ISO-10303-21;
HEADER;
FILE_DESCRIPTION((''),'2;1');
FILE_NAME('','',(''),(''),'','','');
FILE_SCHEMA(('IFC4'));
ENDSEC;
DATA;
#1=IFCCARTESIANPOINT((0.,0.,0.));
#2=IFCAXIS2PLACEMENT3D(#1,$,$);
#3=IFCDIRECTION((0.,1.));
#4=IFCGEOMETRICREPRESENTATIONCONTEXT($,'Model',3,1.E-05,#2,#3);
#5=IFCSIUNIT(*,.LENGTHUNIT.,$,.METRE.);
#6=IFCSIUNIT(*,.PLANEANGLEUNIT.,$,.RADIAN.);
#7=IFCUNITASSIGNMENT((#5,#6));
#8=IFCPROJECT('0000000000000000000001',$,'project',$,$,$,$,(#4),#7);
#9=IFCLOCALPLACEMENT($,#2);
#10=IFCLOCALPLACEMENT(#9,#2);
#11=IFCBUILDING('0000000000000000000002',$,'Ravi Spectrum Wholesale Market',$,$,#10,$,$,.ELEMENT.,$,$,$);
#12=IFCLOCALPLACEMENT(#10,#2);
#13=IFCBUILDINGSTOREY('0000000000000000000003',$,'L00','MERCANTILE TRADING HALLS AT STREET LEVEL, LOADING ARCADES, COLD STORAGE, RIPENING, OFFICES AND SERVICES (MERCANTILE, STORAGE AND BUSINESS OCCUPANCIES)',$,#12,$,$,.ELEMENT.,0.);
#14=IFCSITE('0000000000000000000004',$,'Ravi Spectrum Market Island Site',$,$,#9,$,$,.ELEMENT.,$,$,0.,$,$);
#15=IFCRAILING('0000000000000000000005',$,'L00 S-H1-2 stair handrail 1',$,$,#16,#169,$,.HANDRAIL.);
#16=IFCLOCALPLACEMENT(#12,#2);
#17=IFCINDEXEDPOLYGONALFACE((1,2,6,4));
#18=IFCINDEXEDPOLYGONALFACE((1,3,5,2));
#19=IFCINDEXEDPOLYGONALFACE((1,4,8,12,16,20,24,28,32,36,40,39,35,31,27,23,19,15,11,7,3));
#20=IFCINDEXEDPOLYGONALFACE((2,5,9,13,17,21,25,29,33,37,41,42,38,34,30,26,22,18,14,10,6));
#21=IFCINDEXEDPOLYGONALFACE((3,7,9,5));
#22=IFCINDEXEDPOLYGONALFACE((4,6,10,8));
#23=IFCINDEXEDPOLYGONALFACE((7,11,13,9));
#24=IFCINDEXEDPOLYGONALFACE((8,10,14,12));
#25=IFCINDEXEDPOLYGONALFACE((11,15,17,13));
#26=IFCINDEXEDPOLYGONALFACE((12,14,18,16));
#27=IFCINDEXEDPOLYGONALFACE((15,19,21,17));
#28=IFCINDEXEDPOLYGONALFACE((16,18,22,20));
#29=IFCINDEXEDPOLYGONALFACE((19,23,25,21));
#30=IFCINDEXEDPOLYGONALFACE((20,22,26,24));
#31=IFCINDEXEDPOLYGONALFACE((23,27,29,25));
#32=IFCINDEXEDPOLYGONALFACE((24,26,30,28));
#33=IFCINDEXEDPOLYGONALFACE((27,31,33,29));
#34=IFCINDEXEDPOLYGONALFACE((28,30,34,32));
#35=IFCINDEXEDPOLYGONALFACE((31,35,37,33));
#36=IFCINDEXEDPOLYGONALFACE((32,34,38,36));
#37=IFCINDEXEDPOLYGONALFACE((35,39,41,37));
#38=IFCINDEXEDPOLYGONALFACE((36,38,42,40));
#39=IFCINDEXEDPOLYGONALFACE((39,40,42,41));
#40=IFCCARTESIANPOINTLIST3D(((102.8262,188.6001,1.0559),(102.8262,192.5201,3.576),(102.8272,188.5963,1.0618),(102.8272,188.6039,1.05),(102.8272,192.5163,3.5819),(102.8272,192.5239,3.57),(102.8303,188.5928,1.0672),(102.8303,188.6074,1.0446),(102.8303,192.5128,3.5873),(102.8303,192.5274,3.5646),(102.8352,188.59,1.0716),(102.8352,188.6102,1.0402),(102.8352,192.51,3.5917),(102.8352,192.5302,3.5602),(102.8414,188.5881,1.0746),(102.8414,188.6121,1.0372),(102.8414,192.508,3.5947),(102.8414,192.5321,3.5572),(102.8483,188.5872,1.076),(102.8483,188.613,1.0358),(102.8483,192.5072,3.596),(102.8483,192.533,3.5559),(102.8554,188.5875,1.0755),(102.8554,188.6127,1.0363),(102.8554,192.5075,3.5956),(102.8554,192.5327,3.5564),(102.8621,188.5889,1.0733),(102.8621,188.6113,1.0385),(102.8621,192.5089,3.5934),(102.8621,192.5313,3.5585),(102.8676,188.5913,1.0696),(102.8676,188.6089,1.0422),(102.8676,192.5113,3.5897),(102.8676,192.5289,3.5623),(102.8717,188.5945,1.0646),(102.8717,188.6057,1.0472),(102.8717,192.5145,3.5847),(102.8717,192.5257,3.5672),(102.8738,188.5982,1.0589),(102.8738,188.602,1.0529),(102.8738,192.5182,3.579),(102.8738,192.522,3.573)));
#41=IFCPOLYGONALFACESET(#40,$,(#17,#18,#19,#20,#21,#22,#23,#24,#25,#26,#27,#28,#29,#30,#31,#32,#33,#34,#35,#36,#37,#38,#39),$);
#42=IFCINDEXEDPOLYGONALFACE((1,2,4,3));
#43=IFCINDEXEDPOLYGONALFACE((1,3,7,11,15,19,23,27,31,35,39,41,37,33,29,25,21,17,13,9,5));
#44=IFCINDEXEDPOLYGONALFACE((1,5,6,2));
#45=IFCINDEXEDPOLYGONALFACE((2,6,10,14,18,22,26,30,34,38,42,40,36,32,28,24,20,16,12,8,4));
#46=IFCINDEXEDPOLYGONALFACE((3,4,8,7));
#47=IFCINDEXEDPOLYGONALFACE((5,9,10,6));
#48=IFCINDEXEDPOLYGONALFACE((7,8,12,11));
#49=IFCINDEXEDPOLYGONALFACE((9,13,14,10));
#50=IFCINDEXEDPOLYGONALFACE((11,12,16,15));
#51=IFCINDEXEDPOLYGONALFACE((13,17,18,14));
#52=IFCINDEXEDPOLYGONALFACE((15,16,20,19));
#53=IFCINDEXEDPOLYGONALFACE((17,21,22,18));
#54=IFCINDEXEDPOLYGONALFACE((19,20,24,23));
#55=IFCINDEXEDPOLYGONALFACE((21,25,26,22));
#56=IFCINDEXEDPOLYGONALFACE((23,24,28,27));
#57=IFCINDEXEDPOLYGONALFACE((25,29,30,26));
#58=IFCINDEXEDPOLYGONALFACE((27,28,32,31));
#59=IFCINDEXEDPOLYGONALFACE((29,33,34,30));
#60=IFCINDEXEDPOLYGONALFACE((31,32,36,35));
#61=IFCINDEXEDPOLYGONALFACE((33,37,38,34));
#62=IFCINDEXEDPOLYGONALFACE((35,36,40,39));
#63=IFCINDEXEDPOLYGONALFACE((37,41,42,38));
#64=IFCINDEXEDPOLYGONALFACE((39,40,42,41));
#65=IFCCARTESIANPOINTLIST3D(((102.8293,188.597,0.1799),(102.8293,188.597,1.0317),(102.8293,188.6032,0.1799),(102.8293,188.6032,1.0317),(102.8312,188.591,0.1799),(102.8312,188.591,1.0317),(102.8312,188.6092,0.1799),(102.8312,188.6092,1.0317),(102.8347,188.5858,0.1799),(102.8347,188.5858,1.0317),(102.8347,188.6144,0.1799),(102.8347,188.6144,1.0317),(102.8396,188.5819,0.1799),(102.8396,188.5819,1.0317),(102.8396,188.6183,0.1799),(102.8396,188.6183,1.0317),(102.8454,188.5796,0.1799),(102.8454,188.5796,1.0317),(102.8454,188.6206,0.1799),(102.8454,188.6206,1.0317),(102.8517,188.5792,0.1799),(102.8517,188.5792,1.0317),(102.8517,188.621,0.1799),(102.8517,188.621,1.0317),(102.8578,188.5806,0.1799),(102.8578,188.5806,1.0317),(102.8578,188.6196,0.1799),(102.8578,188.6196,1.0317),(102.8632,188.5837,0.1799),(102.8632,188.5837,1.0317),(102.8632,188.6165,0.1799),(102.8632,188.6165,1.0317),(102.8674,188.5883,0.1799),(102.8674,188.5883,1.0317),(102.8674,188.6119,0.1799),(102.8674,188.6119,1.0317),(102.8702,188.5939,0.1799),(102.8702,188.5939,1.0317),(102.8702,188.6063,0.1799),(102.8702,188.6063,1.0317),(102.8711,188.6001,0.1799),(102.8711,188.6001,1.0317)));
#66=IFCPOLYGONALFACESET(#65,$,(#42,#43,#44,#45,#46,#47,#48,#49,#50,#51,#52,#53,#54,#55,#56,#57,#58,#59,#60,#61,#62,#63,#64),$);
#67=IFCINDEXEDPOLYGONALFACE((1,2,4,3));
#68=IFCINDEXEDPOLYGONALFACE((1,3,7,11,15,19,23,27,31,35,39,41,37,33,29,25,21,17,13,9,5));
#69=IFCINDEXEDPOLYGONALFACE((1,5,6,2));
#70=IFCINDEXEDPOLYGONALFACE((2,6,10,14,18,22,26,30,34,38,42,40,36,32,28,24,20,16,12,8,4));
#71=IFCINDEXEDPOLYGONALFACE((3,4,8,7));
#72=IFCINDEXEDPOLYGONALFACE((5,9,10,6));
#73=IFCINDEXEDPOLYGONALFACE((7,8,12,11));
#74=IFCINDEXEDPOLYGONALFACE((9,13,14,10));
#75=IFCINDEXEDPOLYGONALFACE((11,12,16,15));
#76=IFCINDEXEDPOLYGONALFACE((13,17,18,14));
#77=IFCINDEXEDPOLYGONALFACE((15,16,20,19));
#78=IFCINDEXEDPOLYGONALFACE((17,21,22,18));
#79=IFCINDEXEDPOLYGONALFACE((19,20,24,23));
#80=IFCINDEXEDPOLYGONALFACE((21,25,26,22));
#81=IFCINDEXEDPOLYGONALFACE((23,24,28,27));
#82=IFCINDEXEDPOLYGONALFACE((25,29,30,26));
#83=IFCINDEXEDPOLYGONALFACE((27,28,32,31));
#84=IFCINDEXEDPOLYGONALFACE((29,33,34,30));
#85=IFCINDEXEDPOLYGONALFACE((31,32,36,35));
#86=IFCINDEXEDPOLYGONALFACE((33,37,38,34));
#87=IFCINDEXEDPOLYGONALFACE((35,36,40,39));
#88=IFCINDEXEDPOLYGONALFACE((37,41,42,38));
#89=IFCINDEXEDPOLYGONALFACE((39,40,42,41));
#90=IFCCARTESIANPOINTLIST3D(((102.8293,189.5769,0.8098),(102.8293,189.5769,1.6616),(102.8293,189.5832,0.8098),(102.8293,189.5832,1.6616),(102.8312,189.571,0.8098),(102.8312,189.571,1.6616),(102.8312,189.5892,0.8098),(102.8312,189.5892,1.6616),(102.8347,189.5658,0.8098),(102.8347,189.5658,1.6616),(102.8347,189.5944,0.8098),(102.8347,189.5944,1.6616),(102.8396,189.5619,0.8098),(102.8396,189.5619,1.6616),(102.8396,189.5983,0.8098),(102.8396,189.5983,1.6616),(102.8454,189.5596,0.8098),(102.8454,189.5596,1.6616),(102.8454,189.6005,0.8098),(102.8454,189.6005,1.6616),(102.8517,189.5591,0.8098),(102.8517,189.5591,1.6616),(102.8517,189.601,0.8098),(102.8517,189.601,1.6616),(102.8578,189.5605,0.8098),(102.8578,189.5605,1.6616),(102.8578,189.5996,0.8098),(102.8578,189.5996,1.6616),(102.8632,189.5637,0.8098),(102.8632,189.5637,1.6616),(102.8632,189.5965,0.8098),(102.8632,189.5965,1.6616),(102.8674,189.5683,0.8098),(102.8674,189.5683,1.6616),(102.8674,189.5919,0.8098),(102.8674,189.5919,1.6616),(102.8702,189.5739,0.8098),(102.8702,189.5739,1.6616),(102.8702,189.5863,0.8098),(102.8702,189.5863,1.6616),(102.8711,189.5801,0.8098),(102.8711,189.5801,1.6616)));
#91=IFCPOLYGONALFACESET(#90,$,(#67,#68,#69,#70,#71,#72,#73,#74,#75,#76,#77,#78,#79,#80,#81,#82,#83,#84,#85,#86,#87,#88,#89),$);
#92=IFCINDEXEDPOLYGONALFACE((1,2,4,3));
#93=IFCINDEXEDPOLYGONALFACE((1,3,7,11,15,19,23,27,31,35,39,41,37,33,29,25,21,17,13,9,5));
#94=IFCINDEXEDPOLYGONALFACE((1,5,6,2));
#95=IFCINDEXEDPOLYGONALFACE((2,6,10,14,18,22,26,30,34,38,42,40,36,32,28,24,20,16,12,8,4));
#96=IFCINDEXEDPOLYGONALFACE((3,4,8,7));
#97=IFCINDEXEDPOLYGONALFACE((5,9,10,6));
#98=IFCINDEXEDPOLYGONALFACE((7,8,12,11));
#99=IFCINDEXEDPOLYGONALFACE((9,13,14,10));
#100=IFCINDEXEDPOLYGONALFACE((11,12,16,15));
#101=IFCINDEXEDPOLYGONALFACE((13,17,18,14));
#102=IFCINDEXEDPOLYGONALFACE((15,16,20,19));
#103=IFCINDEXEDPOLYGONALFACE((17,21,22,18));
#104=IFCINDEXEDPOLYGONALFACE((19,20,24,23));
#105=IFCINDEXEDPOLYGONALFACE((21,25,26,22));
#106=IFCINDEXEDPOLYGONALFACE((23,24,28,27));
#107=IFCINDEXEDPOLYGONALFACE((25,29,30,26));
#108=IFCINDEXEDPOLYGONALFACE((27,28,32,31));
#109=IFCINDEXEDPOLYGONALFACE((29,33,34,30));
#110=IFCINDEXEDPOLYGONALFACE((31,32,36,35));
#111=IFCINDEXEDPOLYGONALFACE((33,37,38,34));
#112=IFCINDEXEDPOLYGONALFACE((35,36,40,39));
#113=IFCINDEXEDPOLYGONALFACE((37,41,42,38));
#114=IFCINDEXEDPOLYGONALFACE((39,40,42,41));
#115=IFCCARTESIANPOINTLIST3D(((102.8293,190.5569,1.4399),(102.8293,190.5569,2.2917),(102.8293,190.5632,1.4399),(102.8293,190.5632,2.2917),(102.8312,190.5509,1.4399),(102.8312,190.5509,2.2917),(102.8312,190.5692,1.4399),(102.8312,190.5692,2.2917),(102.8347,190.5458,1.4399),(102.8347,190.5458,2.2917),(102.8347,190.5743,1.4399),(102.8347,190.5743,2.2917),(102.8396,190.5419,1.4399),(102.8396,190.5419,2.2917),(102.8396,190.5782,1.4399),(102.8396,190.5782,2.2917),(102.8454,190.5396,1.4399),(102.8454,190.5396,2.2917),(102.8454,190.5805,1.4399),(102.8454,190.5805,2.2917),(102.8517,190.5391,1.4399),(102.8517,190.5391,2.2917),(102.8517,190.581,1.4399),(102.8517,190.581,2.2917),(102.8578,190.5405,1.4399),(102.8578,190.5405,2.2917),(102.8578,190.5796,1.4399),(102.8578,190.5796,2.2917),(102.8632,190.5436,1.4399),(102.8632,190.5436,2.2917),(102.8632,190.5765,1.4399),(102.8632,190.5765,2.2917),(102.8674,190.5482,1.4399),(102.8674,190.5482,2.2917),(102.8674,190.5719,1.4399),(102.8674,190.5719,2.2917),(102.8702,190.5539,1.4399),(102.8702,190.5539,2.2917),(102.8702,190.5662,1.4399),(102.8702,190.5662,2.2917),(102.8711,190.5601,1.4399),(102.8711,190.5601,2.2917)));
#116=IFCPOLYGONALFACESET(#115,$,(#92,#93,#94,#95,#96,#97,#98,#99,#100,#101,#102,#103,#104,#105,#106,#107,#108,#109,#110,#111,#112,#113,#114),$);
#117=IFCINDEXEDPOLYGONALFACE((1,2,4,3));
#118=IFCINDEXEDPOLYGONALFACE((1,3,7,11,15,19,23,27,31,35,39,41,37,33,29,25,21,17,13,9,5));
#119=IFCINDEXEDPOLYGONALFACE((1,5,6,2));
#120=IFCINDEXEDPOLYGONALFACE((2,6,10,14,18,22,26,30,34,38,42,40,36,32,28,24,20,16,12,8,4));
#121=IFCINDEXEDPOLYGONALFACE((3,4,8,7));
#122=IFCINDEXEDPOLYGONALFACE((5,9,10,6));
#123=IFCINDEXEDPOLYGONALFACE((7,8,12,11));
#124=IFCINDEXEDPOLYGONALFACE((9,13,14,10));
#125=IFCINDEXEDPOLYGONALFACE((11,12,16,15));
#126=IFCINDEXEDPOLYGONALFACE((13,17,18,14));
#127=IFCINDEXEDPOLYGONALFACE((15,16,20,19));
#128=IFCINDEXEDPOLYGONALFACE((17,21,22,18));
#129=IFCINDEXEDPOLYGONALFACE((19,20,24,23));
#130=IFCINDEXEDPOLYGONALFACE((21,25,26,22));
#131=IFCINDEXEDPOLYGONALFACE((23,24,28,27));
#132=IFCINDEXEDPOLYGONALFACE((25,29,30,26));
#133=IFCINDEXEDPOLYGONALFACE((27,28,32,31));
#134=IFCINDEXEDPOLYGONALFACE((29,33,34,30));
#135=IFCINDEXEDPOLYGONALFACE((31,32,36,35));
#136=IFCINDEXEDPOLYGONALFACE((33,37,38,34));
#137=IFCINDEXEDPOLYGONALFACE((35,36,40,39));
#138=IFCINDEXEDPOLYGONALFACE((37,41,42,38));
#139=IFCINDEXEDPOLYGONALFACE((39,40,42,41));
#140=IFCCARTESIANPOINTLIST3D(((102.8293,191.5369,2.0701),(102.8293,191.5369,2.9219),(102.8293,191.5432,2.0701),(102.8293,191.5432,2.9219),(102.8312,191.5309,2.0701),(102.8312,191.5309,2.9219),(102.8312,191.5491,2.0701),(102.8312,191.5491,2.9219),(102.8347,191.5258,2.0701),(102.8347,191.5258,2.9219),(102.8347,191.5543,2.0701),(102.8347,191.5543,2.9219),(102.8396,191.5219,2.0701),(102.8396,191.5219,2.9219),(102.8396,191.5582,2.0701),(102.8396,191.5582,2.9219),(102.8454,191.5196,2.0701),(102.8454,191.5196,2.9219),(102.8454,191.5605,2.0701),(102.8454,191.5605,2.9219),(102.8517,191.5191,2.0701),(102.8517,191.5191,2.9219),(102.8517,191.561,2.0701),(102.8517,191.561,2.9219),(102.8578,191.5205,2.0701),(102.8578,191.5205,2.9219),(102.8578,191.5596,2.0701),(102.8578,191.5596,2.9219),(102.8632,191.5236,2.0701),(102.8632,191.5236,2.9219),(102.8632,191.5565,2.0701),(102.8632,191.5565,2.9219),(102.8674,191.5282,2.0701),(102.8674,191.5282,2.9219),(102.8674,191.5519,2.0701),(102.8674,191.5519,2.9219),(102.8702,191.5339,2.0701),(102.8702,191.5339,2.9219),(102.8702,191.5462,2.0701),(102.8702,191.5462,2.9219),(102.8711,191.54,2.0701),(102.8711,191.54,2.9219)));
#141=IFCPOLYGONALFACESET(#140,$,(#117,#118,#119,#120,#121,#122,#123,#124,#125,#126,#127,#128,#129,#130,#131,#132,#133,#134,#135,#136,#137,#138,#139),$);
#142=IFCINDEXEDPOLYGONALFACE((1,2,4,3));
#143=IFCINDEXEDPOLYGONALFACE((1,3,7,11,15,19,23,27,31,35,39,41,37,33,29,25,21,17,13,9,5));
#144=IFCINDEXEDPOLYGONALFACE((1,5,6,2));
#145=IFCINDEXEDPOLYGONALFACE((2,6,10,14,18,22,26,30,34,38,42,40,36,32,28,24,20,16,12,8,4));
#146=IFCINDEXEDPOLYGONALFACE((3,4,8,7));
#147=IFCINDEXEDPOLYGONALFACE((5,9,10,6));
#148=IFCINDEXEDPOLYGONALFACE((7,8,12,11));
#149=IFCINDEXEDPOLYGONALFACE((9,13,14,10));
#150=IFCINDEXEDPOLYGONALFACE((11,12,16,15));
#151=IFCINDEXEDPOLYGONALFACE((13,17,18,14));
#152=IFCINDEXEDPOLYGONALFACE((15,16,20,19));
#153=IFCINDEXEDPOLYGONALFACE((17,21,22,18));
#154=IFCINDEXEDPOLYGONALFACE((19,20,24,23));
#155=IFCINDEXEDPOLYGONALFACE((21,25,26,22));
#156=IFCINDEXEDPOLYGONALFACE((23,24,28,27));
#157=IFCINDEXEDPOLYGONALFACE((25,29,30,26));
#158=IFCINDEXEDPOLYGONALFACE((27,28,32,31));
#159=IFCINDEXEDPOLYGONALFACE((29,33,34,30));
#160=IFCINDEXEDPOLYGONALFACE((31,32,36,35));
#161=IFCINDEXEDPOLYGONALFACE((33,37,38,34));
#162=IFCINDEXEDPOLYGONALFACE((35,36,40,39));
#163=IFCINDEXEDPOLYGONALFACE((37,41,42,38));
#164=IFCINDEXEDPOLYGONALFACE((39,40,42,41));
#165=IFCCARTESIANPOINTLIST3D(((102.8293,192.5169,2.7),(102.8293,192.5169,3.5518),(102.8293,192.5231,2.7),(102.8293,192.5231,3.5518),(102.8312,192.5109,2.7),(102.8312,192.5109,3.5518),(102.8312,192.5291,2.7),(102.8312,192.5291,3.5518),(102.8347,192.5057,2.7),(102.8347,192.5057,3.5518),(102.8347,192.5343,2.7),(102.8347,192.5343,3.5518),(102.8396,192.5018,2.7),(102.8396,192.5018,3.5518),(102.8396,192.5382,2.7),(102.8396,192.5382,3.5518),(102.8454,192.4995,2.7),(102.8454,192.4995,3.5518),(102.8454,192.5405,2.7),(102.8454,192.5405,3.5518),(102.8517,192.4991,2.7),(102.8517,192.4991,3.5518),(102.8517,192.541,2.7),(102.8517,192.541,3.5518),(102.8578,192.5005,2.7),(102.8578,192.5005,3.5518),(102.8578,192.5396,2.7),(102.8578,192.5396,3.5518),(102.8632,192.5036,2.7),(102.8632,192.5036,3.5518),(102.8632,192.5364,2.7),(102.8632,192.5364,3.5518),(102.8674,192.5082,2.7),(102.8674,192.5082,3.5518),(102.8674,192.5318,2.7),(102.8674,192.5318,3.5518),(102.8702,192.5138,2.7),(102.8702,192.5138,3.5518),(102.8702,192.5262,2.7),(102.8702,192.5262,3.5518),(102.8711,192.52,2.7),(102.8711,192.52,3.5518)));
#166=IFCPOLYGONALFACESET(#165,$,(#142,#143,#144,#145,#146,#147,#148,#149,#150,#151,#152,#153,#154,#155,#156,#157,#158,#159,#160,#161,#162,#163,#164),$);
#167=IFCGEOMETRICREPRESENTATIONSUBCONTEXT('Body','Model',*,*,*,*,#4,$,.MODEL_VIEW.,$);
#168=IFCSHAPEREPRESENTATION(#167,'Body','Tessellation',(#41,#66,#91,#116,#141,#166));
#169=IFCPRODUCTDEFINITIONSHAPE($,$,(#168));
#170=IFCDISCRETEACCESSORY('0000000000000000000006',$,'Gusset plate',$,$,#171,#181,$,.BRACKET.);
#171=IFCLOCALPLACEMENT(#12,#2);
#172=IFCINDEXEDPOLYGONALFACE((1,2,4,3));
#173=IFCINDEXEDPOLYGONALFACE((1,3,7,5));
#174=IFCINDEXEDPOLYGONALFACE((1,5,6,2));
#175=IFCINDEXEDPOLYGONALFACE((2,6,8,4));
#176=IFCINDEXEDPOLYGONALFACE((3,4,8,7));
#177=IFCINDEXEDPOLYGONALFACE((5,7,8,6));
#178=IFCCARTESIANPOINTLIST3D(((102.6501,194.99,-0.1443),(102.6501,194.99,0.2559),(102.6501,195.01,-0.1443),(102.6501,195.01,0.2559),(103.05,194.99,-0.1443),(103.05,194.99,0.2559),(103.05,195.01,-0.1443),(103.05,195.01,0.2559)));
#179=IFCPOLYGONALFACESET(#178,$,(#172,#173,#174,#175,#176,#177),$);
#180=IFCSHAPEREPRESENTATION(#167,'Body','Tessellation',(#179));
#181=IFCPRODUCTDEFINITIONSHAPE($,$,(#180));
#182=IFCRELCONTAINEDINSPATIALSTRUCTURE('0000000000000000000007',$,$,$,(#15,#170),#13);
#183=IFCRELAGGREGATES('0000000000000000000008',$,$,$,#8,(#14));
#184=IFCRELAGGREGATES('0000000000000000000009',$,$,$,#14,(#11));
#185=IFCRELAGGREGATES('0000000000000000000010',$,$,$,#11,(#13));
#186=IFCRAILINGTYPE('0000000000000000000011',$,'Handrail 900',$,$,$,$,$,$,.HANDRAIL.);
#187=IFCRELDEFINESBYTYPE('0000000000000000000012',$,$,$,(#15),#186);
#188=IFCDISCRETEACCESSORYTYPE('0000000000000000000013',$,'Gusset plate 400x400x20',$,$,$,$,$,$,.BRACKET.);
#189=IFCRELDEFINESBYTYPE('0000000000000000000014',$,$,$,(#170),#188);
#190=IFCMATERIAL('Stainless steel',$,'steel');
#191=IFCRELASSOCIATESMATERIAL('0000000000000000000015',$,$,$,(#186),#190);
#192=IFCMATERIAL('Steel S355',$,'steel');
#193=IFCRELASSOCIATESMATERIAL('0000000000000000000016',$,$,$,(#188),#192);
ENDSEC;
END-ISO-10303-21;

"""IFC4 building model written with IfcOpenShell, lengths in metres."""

from ifc_helpers import new_model, si_unit, direction, frame, origin, origin_2d, place, context, subcontext, project, spatial, rectangle, circle, extrude, material, material_profile, profile_set, type_object, element, save


model = new_model("IFC4")

# Units and contexts
model_context = context("Model", 3, precision=1e-05, world=origin(), true_north=direction((0.0, 1.0)))
body_context = subcontext(model_context, "Body", "Model", "MODEL_VIEW")
ifc_project = project(units=[si_unit("LENGTHUNIT", "METRE"), si_unit("PLANEANGLEUNIT", "RADIAN")], contexts=[model_context])

# Site, building, storey
site_placement = place(None, origin())
site = spatial("IfcSite", under=ifc_project, at=site_placement, Name="Ravi Spectrum Market Island Site", CompositionType="ELEMENT", RefElevation=0.0)
building_placement = place(site_placement, origin())
building = spatial("IfcBuilding", under=site, at=building_placement, Name="Ravi Spectrum Wholesale Market", CompositionType="ELEMENT")
storey_placement = place(building_placement, origin())
storey = spatial("IfcBuildingStorey", under=building, at=storey_placement, Name="L00", Description="MERCANTILE TRADING HALLS AT STREET LEVEL, LOADING ARCADES, COLD STORAGE, RIPENING, OFFICES AND SERVICES (MERCANTILE, STORAGE AND BUSINESS OCCUPANCIES)", CompositionType="ELEMENT", Elevation=0.0)

# Railing
ifc_material_1 = material(Name="Stainless steel", Category="steel")
railing_type_1 = type_object("IfcRailingType", Name="Handrail 900", PredefinedType="HANDRAIL", material=ifc_material_1)
railing_1_placement = place(storey_placement, frame((102.8501, 188.6001, 0.1799)))
element("IfcRailing", 1, at=railing_1_placement, inside=storey, type_object=railing_type_1, Name="L00 S-H1-2 stair handrail 1", PredefinedType="HANDRAIL", context=body_context, shape_type="SweptSolid", body=[
    extrude(circle(Radius=0.0239, at=origin_2d()), frame((0.0, 0.0, 0.876), z_axis=(0.0, 0.841172, 0.540768), x_axis=(-1.0, 0.0, 0.0)), (0.0, 0.0, 1.0), 4.6602),
    extrude(circle(Radius=0.021, at=origin_2d()), origin(), (0.0, 0.0, 1.0), 0.8518),
    extrude(circle(Radius=0.021, at=origin_2d()), frame((0.0, 0.98, 0.6299)), (0.0, 0.0, 1.0), 0.8518),
    extrude(circle(Radius=0.021, at=origin_2d()), frame((0.0, 1.96, 1.26)), (0.0, 0.0, 1.0), 0.8518),
    extrude(circle(Radius=0.021, at=origin_2d()), frame((0.0, 2.9399, 1.8901)), (0.0, 0.0, 1.0), 0.8518),
    extrude(circle(Radius=0.021, at=origin_2d()), frame((0.0, 3.9199, 2.52)), (0.0, 0.0, 1.0), 0.8518),
])

# Discrete accessory
ifc_material_2 = material(Name="Steel S355", Category="steel")
ifc_material_profile_1 = material_profile(ifc_material_2, rectangle(XDim=0.3999, YDim=0.02, at=origin_2d()))
ifc_profile_set_1 = profile_set([ifc_material_profile_1], Name="Steel S355")
discrete_accessory_type = type_object("IfcDiscreteAccessoryType", Name="Gusset plate 400x400x20", PredefinedType="BRACKET", material=ifc_profile_set_1)
discrete_accessory_placement = place(storey_placement, frame((102.8501, 195.0, -0.1443), z_axis=(0.0, 0.0, 1.0), x_axis=(-1.0, 0.0, 0.0)))
element("IfcDiscreteAccessory", 2, at=discrete_accessory_placement, inside=storey, type_object=discrete_accessory_type, Name="Gusset plate", PredefinedType="BRACKET", context=body_context, shape_type="SweptSolid", body=[
    extrude(rectangle(XDim=0.3999, YDim=0.02, at=origin_2d()), origin(), (0.0, 0.0, 1.0), 0.4001),
])

save(model, "model.ifc")
